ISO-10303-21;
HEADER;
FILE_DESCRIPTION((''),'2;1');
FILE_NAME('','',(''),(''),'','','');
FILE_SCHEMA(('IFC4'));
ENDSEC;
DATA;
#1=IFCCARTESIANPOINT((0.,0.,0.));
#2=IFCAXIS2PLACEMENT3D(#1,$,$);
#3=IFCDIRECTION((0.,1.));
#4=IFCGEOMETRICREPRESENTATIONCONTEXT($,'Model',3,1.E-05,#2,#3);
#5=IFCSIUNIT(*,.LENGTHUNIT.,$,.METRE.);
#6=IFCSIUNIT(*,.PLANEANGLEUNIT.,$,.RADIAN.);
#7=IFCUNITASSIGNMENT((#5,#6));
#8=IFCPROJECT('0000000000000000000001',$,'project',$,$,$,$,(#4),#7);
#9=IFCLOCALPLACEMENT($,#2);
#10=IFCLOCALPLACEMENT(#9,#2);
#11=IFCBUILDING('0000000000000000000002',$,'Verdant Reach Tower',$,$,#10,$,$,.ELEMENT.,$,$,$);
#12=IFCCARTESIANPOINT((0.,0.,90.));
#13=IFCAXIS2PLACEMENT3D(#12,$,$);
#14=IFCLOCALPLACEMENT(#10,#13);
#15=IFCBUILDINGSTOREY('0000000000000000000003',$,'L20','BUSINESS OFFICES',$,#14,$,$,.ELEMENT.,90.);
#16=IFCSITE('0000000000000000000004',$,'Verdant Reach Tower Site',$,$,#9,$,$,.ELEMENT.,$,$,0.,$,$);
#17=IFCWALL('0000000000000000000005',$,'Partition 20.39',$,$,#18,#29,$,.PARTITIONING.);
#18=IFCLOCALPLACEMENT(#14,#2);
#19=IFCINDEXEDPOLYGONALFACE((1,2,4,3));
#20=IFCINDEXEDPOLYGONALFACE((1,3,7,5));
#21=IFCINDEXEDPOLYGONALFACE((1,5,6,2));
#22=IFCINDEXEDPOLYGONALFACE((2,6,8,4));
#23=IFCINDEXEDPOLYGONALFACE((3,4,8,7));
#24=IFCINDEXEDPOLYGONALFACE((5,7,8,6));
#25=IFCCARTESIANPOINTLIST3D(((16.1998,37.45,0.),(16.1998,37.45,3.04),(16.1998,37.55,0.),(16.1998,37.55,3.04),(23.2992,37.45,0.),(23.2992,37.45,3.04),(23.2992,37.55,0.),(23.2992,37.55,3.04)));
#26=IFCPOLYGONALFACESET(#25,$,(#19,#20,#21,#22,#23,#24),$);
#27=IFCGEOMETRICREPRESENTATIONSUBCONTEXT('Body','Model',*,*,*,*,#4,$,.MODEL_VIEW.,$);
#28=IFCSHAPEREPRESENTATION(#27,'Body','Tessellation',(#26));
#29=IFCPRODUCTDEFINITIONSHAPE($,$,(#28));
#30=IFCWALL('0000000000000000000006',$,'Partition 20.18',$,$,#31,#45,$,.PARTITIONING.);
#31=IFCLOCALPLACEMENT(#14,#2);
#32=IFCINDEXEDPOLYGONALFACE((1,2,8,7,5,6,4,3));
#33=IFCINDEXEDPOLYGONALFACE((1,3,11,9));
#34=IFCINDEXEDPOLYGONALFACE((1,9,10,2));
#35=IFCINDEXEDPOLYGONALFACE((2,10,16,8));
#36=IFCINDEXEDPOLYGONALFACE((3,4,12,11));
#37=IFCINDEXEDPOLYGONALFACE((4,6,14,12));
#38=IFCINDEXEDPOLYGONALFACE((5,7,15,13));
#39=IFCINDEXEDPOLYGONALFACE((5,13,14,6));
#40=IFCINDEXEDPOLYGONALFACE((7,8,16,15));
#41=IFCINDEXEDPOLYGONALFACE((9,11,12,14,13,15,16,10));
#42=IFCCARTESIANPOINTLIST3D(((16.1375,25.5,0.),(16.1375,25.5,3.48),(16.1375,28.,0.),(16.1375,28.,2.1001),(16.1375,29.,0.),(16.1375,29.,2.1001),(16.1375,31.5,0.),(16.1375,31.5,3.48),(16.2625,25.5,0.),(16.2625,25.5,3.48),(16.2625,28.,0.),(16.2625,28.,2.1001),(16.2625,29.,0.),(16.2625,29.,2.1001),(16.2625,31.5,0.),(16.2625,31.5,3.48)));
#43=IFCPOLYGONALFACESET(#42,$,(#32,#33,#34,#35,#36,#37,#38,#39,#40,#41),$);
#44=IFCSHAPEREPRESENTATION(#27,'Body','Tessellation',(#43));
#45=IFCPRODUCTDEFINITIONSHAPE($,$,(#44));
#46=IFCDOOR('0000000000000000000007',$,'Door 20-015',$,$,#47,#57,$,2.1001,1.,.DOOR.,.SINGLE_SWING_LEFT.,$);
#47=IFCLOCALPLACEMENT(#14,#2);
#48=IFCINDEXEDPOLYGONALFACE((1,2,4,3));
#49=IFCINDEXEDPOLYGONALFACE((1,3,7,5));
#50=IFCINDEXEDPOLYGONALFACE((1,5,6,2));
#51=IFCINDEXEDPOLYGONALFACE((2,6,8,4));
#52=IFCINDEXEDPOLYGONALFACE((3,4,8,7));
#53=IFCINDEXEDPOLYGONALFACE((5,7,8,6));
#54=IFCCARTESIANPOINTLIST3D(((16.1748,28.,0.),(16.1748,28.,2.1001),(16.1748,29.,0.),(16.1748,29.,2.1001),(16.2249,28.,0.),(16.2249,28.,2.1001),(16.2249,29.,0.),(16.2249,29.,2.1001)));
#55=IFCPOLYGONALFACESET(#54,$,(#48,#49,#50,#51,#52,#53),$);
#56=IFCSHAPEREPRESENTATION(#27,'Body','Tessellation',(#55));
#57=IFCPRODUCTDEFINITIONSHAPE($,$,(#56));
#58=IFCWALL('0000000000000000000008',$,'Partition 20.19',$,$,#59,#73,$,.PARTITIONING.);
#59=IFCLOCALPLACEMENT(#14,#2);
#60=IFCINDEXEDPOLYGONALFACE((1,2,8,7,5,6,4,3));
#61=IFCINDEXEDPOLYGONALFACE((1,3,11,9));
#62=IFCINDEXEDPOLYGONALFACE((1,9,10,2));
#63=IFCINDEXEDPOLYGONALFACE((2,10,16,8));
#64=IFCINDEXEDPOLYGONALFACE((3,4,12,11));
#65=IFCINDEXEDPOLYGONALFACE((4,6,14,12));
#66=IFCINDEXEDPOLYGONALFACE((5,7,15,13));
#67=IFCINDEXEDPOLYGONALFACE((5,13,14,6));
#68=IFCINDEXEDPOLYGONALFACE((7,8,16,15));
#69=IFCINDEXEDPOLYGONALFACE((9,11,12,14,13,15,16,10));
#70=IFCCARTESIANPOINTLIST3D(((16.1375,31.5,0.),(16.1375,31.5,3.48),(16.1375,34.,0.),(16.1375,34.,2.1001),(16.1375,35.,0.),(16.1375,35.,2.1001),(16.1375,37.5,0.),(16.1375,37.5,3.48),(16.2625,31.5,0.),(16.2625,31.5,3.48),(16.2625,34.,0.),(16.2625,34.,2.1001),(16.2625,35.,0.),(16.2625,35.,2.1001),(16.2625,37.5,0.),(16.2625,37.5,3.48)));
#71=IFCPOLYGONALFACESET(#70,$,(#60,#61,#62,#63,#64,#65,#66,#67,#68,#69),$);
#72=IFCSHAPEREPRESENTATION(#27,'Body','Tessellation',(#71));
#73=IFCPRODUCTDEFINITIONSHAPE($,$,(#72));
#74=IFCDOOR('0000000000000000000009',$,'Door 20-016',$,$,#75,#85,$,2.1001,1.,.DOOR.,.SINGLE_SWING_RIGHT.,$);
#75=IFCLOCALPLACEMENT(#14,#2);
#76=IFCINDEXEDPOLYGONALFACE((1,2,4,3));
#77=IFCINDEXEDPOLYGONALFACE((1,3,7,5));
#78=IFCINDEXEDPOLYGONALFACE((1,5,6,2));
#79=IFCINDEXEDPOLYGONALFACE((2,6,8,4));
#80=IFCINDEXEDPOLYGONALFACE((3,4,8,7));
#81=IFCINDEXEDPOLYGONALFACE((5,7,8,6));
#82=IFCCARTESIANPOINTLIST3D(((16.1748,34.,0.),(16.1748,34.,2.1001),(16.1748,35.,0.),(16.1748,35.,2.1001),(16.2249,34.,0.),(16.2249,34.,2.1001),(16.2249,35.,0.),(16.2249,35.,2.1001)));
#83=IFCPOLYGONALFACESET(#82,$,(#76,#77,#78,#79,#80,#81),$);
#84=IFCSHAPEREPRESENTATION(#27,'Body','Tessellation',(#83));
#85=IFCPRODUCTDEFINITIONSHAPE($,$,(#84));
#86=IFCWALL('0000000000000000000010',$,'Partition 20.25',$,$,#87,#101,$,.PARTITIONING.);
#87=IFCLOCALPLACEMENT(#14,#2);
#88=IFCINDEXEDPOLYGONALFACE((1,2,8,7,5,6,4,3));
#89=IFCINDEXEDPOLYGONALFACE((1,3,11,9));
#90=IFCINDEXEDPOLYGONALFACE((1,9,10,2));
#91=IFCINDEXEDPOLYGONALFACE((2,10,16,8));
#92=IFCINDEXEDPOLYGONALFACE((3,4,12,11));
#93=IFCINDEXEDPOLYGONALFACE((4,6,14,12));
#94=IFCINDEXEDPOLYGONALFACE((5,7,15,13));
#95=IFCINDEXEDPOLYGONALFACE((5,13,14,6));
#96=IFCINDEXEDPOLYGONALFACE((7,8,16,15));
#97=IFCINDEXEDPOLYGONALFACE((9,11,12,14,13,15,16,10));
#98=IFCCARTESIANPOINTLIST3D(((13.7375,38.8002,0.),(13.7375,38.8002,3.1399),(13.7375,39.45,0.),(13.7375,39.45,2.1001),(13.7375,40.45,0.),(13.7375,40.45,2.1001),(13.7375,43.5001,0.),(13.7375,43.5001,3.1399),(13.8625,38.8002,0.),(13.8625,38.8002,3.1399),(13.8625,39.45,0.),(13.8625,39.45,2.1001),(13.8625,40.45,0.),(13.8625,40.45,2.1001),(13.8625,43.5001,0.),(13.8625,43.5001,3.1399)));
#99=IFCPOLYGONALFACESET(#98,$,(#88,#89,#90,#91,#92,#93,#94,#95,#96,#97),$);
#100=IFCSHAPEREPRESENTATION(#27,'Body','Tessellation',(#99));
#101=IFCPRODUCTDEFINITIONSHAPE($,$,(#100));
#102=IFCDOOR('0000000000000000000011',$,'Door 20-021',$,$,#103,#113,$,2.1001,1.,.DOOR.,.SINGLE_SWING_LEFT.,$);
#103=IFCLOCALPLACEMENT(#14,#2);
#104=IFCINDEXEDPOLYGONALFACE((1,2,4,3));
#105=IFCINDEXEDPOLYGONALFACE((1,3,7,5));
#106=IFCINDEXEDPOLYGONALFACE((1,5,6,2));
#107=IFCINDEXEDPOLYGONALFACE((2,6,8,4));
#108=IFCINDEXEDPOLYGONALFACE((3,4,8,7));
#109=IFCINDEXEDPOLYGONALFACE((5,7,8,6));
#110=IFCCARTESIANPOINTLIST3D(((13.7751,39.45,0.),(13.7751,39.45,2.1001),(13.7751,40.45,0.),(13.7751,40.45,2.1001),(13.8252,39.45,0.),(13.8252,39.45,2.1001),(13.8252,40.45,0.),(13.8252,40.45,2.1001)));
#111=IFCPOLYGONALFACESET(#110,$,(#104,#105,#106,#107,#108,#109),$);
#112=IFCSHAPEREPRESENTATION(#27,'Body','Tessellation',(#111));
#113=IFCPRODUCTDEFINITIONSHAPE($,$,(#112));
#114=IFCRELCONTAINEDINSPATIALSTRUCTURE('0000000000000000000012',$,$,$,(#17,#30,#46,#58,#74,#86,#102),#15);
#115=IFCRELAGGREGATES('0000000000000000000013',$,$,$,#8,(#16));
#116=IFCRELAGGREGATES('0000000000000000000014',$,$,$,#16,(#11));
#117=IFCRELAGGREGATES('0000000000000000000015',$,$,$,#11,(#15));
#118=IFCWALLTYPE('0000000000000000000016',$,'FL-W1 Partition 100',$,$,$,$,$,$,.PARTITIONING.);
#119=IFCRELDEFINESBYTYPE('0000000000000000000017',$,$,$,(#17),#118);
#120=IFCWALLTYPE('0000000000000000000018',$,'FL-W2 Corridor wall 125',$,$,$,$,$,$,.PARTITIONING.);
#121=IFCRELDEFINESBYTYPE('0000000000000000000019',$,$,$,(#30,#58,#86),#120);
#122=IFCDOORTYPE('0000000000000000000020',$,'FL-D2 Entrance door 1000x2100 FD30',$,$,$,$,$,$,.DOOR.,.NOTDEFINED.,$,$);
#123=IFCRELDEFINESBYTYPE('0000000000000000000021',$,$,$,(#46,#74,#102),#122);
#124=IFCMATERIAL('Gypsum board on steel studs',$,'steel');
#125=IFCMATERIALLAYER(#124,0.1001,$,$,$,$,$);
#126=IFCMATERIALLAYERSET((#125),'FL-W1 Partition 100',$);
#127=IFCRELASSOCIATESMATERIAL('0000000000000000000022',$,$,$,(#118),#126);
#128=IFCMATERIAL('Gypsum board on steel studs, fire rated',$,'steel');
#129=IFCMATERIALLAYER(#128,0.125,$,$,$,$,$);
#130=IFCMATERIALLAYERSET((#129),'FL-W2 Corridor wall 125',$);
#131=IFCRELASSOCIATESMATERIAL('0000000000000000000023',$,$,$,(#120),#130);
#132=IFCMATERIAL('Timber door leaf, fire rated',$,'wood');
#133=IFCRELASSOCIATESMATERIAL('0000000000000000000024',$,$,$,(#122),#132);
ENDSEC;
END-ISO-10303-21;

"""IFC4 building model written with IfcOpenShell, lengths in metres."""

from ifc_helpers import new_model, si_unit, direction, frame, frame_2d, origin, place, context, subcontext, project, spatial, rectangle, extrude, material, layer, layer_set, type_object, element, fill, save


model = new_model("IFC4")

# Units and contexts
model_context = context("Model", 3, precision=1e-05, world=origin(), true_north=direction((0.0, 1.0)))
body_context = subcontext(model_context, "Body", "Model", "MODEL_VIEW")
ifc_project = project(units=[si_unit("LENGTHUNIT", "METRE"), si_unit("PLANEANGLEUNIT", "RADIAN")], contexts=[model_context])

# Site, building, storey
site_placement = place(None, origin())
site = spatial("IfcSite", under=ifc_project, at=site_placement, Name="Verdant Reach Tower Site", CompositionType="ELEMENT", RefElevation=0.0)
building_placement = place(site_placement, origin())
building = spatial("IfcBuilding", under=site, at=building_placement, Name="Verdant Reach Tower", CompositionType="ELEMENT")
storey_placement = place(building_placement, frame((0.0, 0.0, 90.0)))
storey = spatial("IfcBuildingStorey", under=building, at=storey_placement, Name="L20", Description="BUSINESS OFFICES", CompositionType="ELEMENT", Elevation=90.0)

# Wall
ifc_material_1 = material(Name="Gypsum board on steel studs", Category="steel")
ifc_layer_1 = layer(ifc_material_1, 0.1001)
ifc_layer_set_1 = layer_set([ifc_layer_1], Name="FL-W1 Partition 100")
wall_type_1 = type_object("IfcWallType", Name="FL-W1 Partition 100", PredefinedType="PARTITIONING", material=ifc_layer_set_1)
wall_1_placement = place(storey_placement, frame((23.2993, 37.5, 0.0), z_axis=(0.0, 0.0, 1.0), x_axis=(-1.0, 0.0, 0.0)))
element("IfcWall", 1, at=wall_1_placement, inside=storey, type_object=wall_type_1, Name="Partition 20.39", PredefinedType="PARTITIONING", context=body_context, shape_type="SweptSolid", body=[
    extrude(rectangle(XDim=7.0994, YDim=0.1001, at=frame_2d((3.5498, 0.0))), origin(), (0.0, 0.0, 1.0), 3.04),
])

# Walls, openings, doors
ifc_material_2 = material(Name="Gypsum board on steel studs, fire rated", Category="steel")
ifc_layer_2 = layer(ifc_material_2, 0.125)
ifc_layer_set_2 = layer_set([ifc_layer_2], Name="FL-W2 Corridor wall 125")
wall_type_2 = type_object("IfcWallType", Name="FL-W2 Corridor wall 125", PredefinedType="PARTITIONING", material=ifc_layer_set_2)
wall_2_placement = place(storey_placement, frame((16.2, 31.5, 0.0), z_axis=(0.0, 0.0, 1.0), x_axis=(0.0, -1.0, 0.0)))
wall_2 = element("IfcWall", 2, at=wall_2_placement, inside=storey, type_object=wall_type_2, Name="Partition 20.18", PredefinedType="PARTITIONING", context=body_context, shape_type="SweptSolid", body=[
    extrude(rectangle(XDim=6.0, YDim=0.125, at=frame_2d((3.0, 0.0))), origin(), (0.0, 0.0, 1.0), 3.48),
])
opening_1_placement = place(wall_2_placement, frame((2.5, 0.0, 0.0)))
opening_1 = element("IfcOpeningElement", 3, at=opening_1_placement, cuts=wall_2, PredefinedType="OPENING", context=body_context, shape_type="SweptSolid", body=[
    extrude(rectangle(XDim=1.0, YDim=2.1001, at=frame_2d((0.5, 1.05))), frame((0.0, 0.0725, 0.0), z_axis=(0.0, -1.0, 0.0), x_axis=(1.0, 0.0, 0.0)), (0.0, 0.0, 1.0), 0.145),
])
ifc_material_3 = material(Name="Timber door leaf, fire rated", Category="wood")
door_type = type_object("IfcDoorType", Name="FL-D2 Entrance door 1000x2100 FD30", OperationType="NOTDEFINED", PredefinedType="DOOR", material=ifc_material_3)
door_1_placement = place(opening_1_placement, origin())
door_1 = element("IfcDoor", 4, at=door_1_placement, inside=storey, type_object=door_type, Name="Door 20-015", OperationType="SINGLE_SWING_LEFT", OverallHeight=2.1001, OverallWidth=1.0, PredefinedType="DOOR", context=body_context, shape_type="SweptSolid", body=[
    extrude(rectangle(XDim=1.0, YDim=2.1001, at=frame_2d((0.5, 1.05))), frame((0.0, 0.0249, 0.0), z_axis=(0.0, -1.0, 0.0), x_axis=(1.0, 0.0, 0.0)), (0.0, 0.0, 1.0), 0.05),
])
fill(opening_1, door_1)
wall_3_placement = place(storey_placement, frame((16.2, 37.5, 0.0), z_axis=(0.0, 0.0, 1.0), x_axis=(0.0, -1.0, 0.0)))
wall_3 = element("IfcWall", 5, at=wall_3_placement, inside=storey, type_object=wall_type_2, Name="Partition 20.19", PredefinedType="PARTITIONING", context=body_context, shape_type="SweptSolid", body=[
    extrude(rectangle(XDim=6.0, YDim=0.125, at=frame_2d((3.0, 0.0))), origin(), (0.0, 0.0, 1.0), 3.48),
])
opening_2_placement = place(wall_3_placement, frame((2.5, 0.0, 0.0)))
opening_2 = element("IfcOpeningElement", 6, at=opening_2_placement, cuts=wall_3, PredefinedType="OPENING", context=body_context, shape_type="SweptSolid", body=[
    extrude(rectangle(XDim=1.0, YDim=2.1001, at=frame_2d((0.5, 1.05))), frame((0.0, 0.0725, 0.0), z_axis=(0.0, -1.0, 0.0), x_axis=(1.0, 0.0, 0.0)), (0.0, 0.0, 1.0), 0.145),
])
door_2_placement = place(opening_2_placement, origin())
door_2 = element("IfcDoor", 7, at=door_2_placement, inside=storey, type_object=door_type, Name="Door 20-016", OperationType="SINGLE_SWING_RIGHT", OverallHeight=2.1001, OverallWidth=1.0, PredefinedType="DOOR", context=body_context, shape_type="SweptSolid", body=[
    extrude(rectangle(XDim=1.0, YDim=2.1001, at=frame_2d((0.5, 1.05))), frame((0.0, 0.0249, 0.0), z_axis=(0.0, -1.0, 0.0), x_axis=(1.0, 0.0, 0.0)), (0.0, 0.0, 1.0), 0.05),
])
fill(opening_2, door_2)
wall_4_placement = place(storey_placement, frame((13.8, 38.8, 0.0), z_axis=(0.0, 0.0, 1.0), x_axis=(0.0, 1.0, 0.0)))
wall_4 = element("IfcWall", 8, at=wall_4_placement, inside=storey, type_object=wall_type_2, Name="Partition 20.25", PredefinedType="PARTITIONING", context=body_context, shape_type="SweptSolid", body=[
    extrude(rectangle(XDim=4.7, YDim=0.125, at=frame_2d((2.3501, 0.0))), origin(), (0.0, 0.0, 1.0), 3.1399),
])
opening_3_placement = place(wall_4_placement, frame((0.6499, 0.0, 0.0)))
opening_3 = element("IfcOpeningElement", 9, at=opening_3_placement, cuts=wall_4, PredefinedType="OPENING", context=body_context, shape_type="SweptSolid", body=[
    extrude(rectangle(XDim=1.0, YDim=2.1001, at=frame_2d((0.5, 1.05))), frame((0.0, 0.0725, 0.0), z_axis=(0.0, -1.0, 0.0), x_axis=(1.0, 0.0, 0.0)), (0.0, 0.0, 1.0), 0.145),
])
door_3_placement = place(opening_3_placement, origin())
door_3 = element("IfcDoor", 10, at=door_3_placement, inside=storey, type_object=door_type, Name="Door 20-021", OperationType="SINGLE_SWING_LEFT", OverallHeight=2.1001, OverallWidth=1.0, PredefinedType="DOOR", context=body_context, shape_type="SweptSolid", body=[
    extrude(rectangle(XDim=1.0, YDim=2.1001, at=frame_2d((0.5, 1.05))), frame((0.0, 0.0249, 0.0), z_axis=(0.0, -1.0, 0.0), x_axis=(1.0, 0.0, 0.0)), (0.0, 0.0, 1.0), 0.05),
])
fill(opening_3, door_3)

save(model, "model.ifc")
